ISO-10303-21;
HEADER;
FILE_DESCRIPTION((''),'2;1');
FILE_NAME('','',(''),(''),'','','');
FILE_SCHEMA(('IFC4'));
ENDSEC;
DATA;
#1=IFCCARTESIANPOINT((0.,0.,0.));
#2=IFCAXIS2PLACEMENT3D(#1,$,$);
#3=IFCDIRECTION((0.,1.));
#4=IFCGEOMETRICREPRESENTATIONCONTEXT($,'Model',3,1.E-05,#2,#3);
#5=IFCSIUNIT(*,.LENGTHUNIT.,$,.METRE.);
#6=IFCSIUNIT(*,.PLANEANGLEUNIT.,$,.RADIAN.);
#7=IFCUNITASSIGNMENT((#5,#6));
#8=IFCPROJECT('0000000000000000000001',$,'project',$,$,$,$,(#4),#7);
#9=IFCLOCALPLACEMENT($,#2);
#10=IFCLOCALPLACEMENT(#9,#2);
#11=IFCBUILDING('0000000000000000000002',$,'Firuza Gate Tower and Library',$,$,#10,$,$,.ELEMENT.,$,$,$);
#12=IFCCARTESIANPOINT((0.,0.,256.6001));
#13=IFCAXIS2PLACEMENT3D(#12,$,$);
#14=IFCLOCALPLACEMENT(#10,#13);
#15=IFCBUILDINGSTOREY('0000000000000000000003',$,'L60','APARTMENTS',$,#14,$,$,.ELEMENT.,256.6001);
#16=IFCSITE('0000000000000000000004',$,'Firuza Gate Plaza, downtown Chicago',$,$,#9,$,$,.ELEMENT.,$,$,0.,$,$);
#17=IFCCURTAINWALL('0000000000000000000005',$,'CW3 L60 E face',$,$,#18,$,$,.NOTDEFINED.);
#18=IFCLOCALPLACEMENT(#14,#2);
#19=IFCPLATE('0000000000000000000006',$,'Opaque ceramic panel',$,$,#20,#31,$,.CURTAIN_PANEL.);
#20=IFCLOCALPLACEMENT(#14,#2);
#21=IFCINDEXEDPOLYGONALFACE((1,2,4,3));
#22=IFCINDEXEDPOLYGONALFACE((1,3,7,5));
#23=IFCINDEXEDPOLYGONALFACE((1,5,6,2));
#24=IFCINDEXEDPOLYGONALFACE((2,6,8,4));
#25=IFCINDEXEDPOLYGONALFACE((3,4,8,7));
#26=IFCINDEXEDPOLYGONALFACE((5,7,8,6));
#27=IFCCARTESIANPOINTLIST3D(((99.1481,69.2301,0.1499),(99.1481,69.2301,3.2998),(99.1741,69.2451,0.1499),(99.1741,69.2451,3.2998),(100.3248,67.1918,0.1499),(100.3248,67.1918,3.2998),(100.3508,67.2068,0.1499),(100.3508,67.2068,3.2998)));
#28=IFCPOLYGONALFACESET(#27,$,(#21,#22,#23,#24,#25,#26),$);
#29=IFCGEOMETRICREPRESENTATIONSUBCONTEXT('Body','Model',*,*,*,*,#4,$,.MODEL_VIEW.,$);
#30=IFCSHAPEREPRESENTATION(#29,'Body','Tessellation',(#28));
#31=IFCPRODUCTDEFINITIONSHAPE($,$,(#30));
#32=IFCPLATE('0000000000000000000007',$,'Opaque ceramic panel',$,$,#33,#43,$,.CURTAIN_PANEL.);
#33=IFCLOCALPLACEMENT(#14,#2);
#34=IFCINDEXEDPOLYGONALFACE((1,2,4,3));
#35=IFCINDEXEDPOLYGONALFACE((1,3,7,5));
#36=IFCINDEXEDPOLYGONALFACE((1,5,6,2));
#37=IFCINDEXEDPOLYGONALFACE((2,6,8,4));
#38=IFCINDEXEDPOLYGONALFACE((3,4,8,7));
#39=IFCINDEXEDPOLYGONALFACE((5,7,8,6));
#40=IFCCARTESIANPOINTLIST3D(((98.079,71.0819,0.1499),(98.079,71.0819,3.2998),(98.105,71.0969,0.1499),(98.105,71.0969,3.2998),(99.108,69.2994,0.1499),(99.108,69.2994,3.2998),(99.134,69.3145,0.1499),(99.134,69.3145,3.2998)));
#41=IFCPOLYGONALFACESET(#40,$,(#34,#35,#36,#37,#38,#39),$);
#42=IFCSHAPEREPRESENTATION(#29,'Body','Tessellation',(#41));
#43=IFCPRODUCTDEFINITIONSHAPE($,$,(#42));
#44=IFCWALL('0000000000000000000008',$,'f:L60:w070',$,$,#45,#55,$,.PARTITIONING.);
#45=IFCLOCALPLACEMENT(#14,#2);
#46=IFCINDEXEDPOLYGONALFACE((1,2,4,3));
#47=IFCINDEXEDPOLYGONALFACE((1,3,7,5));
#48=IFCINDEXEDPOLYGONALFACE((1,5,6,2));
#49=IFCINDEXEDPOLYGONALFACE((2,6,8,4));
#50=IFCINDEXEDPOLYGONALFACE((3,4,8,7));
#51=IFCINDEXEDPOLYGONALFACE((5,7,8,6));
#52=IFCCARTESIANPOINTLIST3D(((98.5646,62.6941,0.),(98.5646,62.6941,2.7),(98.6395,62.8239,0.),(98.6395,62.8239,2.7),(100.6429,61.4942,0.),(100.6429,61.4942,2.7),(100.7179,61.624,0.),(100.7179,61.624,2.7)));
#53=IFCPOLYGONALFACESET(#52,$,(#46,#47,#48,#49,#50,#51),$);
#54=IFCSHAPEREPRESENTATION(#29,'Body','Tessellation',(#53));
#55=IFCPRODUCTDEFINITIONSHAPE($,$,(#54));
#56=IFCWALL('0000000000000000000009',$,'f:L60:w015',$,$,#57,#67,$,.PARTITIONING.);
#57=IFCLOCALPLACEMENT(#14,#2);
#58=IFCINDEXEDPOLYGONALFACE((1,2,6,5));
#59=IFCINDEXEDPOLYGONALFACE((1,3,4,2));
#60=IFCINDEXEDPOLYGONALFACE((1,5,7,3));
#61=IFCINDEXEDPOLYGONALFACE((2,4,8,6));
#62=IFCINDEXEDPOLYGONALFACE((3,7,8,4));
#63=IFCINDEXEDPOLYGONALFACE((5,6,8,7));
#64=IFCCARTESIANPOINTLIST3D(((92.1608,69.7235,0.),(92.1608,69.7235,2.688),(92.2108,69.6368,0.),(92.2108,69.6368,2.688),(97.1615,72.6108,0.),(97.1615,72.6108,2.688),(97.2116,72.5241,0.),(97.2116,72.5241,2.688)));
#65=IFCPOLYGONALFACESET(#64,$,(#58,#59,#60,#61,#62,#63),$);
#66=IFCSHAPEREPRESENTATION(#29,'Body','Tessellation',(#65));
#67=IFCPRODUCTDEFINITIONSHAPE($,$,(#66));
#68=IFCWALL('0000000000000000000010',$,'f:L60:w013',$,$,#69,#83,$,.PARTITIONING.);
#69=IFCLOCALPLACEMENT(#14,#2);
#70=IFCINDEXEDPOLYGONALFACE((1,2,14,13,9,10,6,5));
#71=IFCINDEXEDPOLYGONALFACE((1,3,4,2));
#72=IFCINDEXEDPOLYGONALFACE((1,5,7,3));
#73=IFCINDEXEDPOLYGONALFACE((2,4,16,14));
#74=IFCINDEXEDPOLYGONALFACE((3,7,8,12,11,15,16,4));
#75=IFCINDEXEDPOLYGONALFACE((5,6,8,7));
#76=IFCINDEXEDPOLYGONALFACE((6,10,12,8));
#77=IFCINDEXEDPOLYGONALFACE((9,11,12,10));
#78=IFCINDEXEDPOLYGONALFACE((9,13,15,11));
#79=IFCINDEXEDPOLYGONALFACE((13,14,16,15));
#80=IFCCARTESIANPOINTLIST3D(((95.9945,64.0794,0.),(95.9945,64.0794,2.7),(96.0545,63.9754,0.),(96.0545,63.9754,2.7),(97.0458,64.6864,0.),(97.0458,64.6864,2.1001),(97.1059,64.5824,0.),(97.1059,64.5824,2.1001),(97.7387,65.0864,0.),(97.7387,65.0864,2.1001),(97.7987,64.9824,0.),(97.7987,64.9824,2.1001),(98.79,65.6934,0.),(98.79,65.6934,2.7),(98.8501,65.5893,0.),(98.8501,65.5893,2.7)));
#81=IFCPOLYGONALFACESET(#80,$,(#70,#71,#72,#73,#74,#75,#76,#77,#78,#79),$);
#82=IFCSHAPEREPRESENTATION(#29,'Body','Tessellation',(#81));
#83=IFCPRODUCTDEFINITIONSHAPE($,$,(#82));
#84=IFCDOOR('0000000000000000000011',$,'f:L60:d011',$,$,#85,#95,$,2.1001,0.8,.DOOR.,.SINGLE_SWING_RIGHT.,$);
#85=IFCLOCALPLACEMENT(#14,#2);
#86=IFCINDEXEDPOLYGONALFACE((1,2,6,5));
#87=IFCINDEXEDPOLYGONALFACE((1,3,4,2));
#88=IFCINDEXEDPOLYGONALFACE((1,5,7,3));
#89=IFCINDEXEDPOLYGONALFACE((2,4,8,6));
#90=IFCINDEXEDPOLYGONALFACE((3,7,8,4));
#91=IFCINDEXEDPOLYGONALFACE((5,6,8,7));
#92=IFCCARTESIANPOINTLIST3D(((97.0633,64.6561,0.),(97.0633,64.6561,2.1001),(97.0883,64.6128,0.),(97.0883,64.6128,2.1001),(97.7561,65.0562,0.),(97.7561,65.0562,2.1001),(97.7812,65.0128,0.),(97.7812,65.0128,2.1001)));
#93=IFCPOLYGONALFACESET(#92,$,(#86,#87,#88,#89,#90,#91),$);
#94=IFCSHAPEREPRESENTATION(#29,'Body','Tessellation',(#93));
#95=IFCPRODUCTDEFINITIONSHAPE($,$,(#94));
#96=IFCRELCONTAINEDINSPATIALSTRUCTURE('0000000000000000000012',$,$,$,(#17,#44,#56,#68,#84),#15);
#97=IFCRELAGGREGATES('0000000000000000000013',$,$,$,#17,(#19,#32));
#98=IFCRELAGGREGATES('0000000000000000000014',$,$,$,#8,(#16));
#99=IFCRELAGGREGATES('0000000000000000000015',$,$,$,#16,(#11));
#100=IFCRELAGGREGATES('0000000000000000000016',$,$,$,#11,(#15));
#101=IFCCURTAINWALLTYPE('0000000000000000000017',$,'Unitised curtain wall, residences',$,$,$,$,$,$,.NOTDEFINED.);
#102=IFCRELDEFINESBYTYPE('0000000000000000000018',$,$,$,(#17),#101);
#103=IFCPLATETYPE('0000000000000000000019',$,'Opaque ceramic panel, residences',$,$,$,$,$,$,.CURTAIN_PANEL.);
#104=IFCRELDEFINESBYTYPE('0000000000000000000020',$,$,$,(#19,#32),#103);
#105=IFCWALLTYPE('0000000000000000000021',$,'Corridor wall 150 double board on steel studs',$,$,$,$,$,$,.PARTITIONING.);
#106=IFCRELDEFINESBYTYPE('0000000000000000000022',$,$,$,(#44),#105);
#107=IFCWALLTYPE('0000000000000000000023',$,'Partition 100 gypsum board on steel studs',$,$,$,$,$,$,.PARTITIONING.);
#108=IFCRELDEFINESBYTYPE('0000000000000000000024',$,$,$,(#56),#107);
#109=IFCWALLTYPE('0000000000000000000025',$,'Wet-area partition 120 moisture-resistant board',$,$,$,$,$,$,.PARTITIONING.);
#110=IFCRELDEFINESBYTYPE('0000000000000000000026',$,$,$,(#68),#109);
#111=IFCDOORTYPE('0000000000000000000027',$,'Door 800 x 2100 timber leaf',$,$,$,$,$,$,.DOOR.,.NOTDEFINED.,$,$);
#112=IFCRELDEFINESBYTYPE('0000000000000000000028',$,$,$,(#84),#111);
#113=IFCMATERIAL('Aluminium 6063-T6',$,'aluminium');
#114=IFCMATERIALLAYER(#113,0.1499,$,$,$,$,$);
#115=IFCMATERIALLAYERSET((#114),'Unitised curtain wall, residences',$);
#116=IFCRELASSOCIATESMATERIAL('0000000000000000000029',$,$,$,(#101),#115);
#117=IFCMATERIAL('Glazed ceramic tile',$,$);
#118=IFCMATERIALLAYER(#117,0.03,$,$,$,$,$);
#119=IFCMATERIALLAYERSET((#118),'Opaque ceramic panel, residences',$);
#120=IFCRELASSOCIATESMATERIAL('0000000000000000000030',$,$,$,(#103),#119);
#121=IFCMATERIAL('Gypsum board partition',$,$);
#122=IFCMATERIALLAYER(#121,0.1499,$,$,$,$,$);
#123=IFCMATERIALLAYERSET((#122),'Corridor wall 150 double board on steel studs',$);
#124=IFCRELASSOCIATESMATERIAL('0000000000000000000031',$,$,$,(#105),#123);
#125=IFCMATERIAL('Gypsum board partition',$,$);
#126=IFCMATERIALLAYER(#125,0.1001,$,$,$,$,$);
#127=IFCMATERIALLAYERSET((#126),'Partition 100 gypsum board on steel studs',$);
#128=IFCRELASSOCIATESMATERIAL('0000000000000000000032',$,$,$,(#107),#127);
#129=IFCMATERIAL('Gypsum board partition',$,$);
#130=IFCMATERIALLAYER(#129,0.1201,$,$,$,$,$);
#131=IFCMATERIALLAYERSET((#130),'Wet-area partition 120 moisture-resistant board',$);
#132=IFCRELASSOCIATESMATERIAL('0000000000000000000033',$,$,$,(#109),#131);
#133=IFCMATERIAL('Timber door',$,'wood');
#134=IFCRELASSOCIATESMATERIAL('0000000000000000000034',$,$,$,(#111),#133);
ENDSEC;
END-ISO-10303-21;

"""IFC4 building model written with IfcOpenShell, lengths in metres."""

from ifc_helpers import new_model, si_unit, direction, frame, frame_2d, origin, place, context, subcontext, project, spatial, polyline, rectangle, outline, extrude, material, layer, layer_set, type_object, element, fill, aggregate, save


model = new_model("IFC4")

# Units and contexts
model_context = context("Model", 3, precision=1e-05, world=origin(), true_north=direction((0.0, 1.0)))
body_context = subcontext(model_context, "Body", "Model", "MODEL_VIEW")
ifc_project = project(units=[si_unit("LENGTHUNIT", "METRE"), si_unit("PLANEANGLEUNIT", "RADIAN")], contexts=[model_context])

# Site, building, storey
site_placement = place(None, origin())
site = spatial("IfcSite", under=ifc_project, at=site_placement, Name="Firuza Gate Plaza, downtown Chicago", CompositionType="ELEMENT", RefElevation=0.0)
building_placement = place(site_placement, origin())
building = spatial("IfcBuilding", under=site, at=building_placement, Name="Firuza Gate Tower and Library", CompositionType="ELEMENT")
storey_placement = place(building_placement, frame((0.0, 0.0, 256.6001)))
storey = spatial("IfcBuildingStorey", under=building, at=storey_placement, Name="L60", Description="APARTMENTS", CompositionType="ELEMENT", Elevation=256.6001)

# Curtain wall
ifc_material_1 = material(Name="Aluminium 6063-T6", Category="aluminium")
ifc_layer_1 = layer(ifc_material_1, 0.1499)
ifc_layer_set_1 = layer_set([ifc_layer_1], Name="Unitised curtain wall, residences")
curtain_wall_type = type_object("IfcCurtainWallType", Name="Unitised curtain wall, residences", PredefinedType="NOTDEFINED", material=ifc_layer_set_1)
curtain_wall_placement = place(storey_placement, origin())
curtain_wall = element("IfcCurtainWall", 1, at=curtain_wall_placement, inside=storey, type_object=curtain_wall_type, Name="CW3 L60 E face", PredefinedType="NOTDEFINED")

# Plates
ifc_material_2 = material(Name="Glazed ceramic tile")
ifc_layer_2 = layer(ifc_material_2, 0.03)
ifc_layer_set_2 = layer_set([ifc_layer_2], Name="Opaque ceramic panel, residences")
plate_type_1 = type_object("IfcPlateType", Name="Opaque ceramic panel, residences", PredefinedType="CURTAIN_PANEL", material=ifc_layer_set_2)
plate_1_placement = place(storey_placement, frame((100.3508, 67.2068, 0.1499), z_axis=(0.866039, 0.499977, 0.0), x_axis=(-0.499977, 0.866039, 0.0)))
plate_1 = element("IfcPlate", 2, at=plate_1_placement, type_object=plate_type_1, Name="Opaque ceramic panel", PredefinedType="CURTAIN_PANEL", context=body_context, shape_type="SweptSolid", body=[
    extrude(outline(polyline([(0.0, 0.0), (2.3536, 0.0), (2.3536, 3.1499), (0.0, 3.1499), (0.0, 0.0)])), origin(), (0.0, 0.0, -1.0), 0.03),
])
plate_2_placement = place(storey_placement, frame((99.134, 69.3145, 0.1499), z_axis=(0.866037, 0.499979, 0.0), x_axis=(-0.499979, 0.866037, 0.0)))
plate_2 = element("IfcPlate", 3, at=plate_2_placement, type_object=plate_type_1, Name="Opaque ceramic panel", PredefinedType="CURTAIN_PANEL", context=body_context, shape_type="SweptSolid", body=[
    extrude(outline(polyline([(0.0, 0.0), (2.0582, 0.0), (2.0582, 3.1499), (0.0, 3.1499), (0.0, 0.0)])), origin(), (0.0, 0.0, -1.0), 0.03),
])
aggregate(curtain_wall, [plate_1, plate_2])

# Walls
ifc_material_3 = material(Name="Gypsum board partition")
ifc_layer_3 = layer(ifc_material_3, 0.1499)
ifc_layer_set_3 = layer_set([ifc_layer_3], Name="Corridor wall 150 double board on steel studs")
wall_type_1 = type_object("IfcWallType", Name="Corridor wall 150 double board on steel studs", PredefinedType="PARTITIONING", material=ifc_layer_set_3)
wall_1_placement = place(storey_placement, frame((100.6804, 61.5591, 0.0), z_axis=(0.0, 0.0, 1.0), x_axis=(-0.866025, 0.500001, 0.0)))
element("IfcWall", 4, at=wall_1_placement, inside=storey, type_object=wall_type_1, Name="f:L60:w070", PredefinedType="PARTITIONING", context=body_context, shape_type="SweptSolid", body=[
    extrude(rectangle(XDim=2.3999, YDim=0.1499, at=frame_2d((1.2, 0.0))), origin(), (0.0, 0.0, 1.0), 2.7),
])
ifc_material_4 = material(Name="Gypsum board partition")
ifc_layer_4 = layer(ifc_material_4, 0.1001)
ifc_layer_set_4 = layer_set([ifc_layer_4], Name="Partition 100 gypsum board on steel studs")
wall_type_2 = type_object("IfcWallType", Name="Partition 100 gypsum board on steel studs", PredefinedType="PARTITIONING", material=ifc_layer_set_4)
wall_2_placement = place(storey_placement, frame((92.1858, 69.6802, 0.0), z_axis=(0.0, 0.0, 1.0), x_axis=(0.866023, 0.500004, 0.0)))
element("IfcWall", 5, at=wall_2_placement, inside=storey, type_object=wall_type_2, Name="f:L60:w015", PredefinedType="PARTITIONING", context=body_context, shape_type="SweptSolid", body=[
    extrude(rectangle(XDim=5.7744, YDim=0.1001, at=frame_2d((2.8872, 0.0))), origin(), (0.0, 0.0, 1.0), 2.688),
])

# Wall, opening, door
ifc_material_5 = material(Name="Gypsum board partition")
ifc_layer_5 = layer(ifc_material_5, 0.1201)
ifc_layer_set_5 = layer_set([ifc_layer_5], Name="Wet-area partition 120 moisture-resistant board")
wall_type_3 = type_object("IfcWallType", Name="Wet-area partition 120 moisture-resistant board", PredefinedType="PARTITIONING", material=ifc_layer_set_5)
wall_3_placement = place(storey_placement, frame((98.8201, 65.6414, 0.0), z_axis=(0.0, 0.0, 1.0), x_axis=(-0.866033, -0.499987, 0.0)))
wall_3 = element("IfcWall", 6, at=wall_3_placement, inside=storey, type_object=wall_type_3, Name="f:L60:w013", PredefinedType="PARTITIONING", context=body_context, shape_type="SweptSolid", body=[
    extrude(rectangle(XDim=3.228, YDim=0.1201, at=frame_2d((1.614, 0.0))), origin(), (0.0, 0.0, 1.0), 2.7),
])
opening_placement = place(wall_3_placement, frame((1.2141, 0.0, 0.0)))
opening = element("IfcOpeningElement", 7, at=opening_placement, cuts=wall_3, PredefinedType="OPENING", context=body_context, shape_type="SweptSolid", body=[
    extrude(rectangle(XDim=0.8, YDim=2.1001, at=frame_2d((0.3999, 1.05))), frame((0.0, 0.0701, 0.0), z_axis=(0.0, -1.0, 0.0), x_axis=(1.0, 0.0, 0.0)), (0.0, 0.0, 1.0), 0.1401),
])
ifc_material_6 = material(Name="Timber door", Category="wood")
door_type = type_object("IfcDoorType", Name="Door 800 x 2100 timber leaf", OperationType="NOTDEFINED", PredefinedType="DOOR", material=ifc_material_6)
door_placement = place(opening_placement, origin())
door = element("IfcDoor", 8, at=door_placement, inside=storey, type_object=door_type, Name="f:L60:d011", OperationType="SINGLE_SWING_RIGHT", OverallHeight=2.1001, OverallWidth=0.8, PredefinedType="DOOR", context=body_context, shape_type="SweptSolid", body=[
    extrude(rectangle(XDim=0.8, YDim=2.1001, at=frame_2d((0.3999, 1.05))), frame((0.0, 0.0249, 0.0), z_axis=(0.0, -1.0, 0.0), x_axis=(1.0, 0.0, 0.0)), (0.0, 0.0, 1.0), 0.05),
])
fill(opening, door)

save(model, "model.ifc")
